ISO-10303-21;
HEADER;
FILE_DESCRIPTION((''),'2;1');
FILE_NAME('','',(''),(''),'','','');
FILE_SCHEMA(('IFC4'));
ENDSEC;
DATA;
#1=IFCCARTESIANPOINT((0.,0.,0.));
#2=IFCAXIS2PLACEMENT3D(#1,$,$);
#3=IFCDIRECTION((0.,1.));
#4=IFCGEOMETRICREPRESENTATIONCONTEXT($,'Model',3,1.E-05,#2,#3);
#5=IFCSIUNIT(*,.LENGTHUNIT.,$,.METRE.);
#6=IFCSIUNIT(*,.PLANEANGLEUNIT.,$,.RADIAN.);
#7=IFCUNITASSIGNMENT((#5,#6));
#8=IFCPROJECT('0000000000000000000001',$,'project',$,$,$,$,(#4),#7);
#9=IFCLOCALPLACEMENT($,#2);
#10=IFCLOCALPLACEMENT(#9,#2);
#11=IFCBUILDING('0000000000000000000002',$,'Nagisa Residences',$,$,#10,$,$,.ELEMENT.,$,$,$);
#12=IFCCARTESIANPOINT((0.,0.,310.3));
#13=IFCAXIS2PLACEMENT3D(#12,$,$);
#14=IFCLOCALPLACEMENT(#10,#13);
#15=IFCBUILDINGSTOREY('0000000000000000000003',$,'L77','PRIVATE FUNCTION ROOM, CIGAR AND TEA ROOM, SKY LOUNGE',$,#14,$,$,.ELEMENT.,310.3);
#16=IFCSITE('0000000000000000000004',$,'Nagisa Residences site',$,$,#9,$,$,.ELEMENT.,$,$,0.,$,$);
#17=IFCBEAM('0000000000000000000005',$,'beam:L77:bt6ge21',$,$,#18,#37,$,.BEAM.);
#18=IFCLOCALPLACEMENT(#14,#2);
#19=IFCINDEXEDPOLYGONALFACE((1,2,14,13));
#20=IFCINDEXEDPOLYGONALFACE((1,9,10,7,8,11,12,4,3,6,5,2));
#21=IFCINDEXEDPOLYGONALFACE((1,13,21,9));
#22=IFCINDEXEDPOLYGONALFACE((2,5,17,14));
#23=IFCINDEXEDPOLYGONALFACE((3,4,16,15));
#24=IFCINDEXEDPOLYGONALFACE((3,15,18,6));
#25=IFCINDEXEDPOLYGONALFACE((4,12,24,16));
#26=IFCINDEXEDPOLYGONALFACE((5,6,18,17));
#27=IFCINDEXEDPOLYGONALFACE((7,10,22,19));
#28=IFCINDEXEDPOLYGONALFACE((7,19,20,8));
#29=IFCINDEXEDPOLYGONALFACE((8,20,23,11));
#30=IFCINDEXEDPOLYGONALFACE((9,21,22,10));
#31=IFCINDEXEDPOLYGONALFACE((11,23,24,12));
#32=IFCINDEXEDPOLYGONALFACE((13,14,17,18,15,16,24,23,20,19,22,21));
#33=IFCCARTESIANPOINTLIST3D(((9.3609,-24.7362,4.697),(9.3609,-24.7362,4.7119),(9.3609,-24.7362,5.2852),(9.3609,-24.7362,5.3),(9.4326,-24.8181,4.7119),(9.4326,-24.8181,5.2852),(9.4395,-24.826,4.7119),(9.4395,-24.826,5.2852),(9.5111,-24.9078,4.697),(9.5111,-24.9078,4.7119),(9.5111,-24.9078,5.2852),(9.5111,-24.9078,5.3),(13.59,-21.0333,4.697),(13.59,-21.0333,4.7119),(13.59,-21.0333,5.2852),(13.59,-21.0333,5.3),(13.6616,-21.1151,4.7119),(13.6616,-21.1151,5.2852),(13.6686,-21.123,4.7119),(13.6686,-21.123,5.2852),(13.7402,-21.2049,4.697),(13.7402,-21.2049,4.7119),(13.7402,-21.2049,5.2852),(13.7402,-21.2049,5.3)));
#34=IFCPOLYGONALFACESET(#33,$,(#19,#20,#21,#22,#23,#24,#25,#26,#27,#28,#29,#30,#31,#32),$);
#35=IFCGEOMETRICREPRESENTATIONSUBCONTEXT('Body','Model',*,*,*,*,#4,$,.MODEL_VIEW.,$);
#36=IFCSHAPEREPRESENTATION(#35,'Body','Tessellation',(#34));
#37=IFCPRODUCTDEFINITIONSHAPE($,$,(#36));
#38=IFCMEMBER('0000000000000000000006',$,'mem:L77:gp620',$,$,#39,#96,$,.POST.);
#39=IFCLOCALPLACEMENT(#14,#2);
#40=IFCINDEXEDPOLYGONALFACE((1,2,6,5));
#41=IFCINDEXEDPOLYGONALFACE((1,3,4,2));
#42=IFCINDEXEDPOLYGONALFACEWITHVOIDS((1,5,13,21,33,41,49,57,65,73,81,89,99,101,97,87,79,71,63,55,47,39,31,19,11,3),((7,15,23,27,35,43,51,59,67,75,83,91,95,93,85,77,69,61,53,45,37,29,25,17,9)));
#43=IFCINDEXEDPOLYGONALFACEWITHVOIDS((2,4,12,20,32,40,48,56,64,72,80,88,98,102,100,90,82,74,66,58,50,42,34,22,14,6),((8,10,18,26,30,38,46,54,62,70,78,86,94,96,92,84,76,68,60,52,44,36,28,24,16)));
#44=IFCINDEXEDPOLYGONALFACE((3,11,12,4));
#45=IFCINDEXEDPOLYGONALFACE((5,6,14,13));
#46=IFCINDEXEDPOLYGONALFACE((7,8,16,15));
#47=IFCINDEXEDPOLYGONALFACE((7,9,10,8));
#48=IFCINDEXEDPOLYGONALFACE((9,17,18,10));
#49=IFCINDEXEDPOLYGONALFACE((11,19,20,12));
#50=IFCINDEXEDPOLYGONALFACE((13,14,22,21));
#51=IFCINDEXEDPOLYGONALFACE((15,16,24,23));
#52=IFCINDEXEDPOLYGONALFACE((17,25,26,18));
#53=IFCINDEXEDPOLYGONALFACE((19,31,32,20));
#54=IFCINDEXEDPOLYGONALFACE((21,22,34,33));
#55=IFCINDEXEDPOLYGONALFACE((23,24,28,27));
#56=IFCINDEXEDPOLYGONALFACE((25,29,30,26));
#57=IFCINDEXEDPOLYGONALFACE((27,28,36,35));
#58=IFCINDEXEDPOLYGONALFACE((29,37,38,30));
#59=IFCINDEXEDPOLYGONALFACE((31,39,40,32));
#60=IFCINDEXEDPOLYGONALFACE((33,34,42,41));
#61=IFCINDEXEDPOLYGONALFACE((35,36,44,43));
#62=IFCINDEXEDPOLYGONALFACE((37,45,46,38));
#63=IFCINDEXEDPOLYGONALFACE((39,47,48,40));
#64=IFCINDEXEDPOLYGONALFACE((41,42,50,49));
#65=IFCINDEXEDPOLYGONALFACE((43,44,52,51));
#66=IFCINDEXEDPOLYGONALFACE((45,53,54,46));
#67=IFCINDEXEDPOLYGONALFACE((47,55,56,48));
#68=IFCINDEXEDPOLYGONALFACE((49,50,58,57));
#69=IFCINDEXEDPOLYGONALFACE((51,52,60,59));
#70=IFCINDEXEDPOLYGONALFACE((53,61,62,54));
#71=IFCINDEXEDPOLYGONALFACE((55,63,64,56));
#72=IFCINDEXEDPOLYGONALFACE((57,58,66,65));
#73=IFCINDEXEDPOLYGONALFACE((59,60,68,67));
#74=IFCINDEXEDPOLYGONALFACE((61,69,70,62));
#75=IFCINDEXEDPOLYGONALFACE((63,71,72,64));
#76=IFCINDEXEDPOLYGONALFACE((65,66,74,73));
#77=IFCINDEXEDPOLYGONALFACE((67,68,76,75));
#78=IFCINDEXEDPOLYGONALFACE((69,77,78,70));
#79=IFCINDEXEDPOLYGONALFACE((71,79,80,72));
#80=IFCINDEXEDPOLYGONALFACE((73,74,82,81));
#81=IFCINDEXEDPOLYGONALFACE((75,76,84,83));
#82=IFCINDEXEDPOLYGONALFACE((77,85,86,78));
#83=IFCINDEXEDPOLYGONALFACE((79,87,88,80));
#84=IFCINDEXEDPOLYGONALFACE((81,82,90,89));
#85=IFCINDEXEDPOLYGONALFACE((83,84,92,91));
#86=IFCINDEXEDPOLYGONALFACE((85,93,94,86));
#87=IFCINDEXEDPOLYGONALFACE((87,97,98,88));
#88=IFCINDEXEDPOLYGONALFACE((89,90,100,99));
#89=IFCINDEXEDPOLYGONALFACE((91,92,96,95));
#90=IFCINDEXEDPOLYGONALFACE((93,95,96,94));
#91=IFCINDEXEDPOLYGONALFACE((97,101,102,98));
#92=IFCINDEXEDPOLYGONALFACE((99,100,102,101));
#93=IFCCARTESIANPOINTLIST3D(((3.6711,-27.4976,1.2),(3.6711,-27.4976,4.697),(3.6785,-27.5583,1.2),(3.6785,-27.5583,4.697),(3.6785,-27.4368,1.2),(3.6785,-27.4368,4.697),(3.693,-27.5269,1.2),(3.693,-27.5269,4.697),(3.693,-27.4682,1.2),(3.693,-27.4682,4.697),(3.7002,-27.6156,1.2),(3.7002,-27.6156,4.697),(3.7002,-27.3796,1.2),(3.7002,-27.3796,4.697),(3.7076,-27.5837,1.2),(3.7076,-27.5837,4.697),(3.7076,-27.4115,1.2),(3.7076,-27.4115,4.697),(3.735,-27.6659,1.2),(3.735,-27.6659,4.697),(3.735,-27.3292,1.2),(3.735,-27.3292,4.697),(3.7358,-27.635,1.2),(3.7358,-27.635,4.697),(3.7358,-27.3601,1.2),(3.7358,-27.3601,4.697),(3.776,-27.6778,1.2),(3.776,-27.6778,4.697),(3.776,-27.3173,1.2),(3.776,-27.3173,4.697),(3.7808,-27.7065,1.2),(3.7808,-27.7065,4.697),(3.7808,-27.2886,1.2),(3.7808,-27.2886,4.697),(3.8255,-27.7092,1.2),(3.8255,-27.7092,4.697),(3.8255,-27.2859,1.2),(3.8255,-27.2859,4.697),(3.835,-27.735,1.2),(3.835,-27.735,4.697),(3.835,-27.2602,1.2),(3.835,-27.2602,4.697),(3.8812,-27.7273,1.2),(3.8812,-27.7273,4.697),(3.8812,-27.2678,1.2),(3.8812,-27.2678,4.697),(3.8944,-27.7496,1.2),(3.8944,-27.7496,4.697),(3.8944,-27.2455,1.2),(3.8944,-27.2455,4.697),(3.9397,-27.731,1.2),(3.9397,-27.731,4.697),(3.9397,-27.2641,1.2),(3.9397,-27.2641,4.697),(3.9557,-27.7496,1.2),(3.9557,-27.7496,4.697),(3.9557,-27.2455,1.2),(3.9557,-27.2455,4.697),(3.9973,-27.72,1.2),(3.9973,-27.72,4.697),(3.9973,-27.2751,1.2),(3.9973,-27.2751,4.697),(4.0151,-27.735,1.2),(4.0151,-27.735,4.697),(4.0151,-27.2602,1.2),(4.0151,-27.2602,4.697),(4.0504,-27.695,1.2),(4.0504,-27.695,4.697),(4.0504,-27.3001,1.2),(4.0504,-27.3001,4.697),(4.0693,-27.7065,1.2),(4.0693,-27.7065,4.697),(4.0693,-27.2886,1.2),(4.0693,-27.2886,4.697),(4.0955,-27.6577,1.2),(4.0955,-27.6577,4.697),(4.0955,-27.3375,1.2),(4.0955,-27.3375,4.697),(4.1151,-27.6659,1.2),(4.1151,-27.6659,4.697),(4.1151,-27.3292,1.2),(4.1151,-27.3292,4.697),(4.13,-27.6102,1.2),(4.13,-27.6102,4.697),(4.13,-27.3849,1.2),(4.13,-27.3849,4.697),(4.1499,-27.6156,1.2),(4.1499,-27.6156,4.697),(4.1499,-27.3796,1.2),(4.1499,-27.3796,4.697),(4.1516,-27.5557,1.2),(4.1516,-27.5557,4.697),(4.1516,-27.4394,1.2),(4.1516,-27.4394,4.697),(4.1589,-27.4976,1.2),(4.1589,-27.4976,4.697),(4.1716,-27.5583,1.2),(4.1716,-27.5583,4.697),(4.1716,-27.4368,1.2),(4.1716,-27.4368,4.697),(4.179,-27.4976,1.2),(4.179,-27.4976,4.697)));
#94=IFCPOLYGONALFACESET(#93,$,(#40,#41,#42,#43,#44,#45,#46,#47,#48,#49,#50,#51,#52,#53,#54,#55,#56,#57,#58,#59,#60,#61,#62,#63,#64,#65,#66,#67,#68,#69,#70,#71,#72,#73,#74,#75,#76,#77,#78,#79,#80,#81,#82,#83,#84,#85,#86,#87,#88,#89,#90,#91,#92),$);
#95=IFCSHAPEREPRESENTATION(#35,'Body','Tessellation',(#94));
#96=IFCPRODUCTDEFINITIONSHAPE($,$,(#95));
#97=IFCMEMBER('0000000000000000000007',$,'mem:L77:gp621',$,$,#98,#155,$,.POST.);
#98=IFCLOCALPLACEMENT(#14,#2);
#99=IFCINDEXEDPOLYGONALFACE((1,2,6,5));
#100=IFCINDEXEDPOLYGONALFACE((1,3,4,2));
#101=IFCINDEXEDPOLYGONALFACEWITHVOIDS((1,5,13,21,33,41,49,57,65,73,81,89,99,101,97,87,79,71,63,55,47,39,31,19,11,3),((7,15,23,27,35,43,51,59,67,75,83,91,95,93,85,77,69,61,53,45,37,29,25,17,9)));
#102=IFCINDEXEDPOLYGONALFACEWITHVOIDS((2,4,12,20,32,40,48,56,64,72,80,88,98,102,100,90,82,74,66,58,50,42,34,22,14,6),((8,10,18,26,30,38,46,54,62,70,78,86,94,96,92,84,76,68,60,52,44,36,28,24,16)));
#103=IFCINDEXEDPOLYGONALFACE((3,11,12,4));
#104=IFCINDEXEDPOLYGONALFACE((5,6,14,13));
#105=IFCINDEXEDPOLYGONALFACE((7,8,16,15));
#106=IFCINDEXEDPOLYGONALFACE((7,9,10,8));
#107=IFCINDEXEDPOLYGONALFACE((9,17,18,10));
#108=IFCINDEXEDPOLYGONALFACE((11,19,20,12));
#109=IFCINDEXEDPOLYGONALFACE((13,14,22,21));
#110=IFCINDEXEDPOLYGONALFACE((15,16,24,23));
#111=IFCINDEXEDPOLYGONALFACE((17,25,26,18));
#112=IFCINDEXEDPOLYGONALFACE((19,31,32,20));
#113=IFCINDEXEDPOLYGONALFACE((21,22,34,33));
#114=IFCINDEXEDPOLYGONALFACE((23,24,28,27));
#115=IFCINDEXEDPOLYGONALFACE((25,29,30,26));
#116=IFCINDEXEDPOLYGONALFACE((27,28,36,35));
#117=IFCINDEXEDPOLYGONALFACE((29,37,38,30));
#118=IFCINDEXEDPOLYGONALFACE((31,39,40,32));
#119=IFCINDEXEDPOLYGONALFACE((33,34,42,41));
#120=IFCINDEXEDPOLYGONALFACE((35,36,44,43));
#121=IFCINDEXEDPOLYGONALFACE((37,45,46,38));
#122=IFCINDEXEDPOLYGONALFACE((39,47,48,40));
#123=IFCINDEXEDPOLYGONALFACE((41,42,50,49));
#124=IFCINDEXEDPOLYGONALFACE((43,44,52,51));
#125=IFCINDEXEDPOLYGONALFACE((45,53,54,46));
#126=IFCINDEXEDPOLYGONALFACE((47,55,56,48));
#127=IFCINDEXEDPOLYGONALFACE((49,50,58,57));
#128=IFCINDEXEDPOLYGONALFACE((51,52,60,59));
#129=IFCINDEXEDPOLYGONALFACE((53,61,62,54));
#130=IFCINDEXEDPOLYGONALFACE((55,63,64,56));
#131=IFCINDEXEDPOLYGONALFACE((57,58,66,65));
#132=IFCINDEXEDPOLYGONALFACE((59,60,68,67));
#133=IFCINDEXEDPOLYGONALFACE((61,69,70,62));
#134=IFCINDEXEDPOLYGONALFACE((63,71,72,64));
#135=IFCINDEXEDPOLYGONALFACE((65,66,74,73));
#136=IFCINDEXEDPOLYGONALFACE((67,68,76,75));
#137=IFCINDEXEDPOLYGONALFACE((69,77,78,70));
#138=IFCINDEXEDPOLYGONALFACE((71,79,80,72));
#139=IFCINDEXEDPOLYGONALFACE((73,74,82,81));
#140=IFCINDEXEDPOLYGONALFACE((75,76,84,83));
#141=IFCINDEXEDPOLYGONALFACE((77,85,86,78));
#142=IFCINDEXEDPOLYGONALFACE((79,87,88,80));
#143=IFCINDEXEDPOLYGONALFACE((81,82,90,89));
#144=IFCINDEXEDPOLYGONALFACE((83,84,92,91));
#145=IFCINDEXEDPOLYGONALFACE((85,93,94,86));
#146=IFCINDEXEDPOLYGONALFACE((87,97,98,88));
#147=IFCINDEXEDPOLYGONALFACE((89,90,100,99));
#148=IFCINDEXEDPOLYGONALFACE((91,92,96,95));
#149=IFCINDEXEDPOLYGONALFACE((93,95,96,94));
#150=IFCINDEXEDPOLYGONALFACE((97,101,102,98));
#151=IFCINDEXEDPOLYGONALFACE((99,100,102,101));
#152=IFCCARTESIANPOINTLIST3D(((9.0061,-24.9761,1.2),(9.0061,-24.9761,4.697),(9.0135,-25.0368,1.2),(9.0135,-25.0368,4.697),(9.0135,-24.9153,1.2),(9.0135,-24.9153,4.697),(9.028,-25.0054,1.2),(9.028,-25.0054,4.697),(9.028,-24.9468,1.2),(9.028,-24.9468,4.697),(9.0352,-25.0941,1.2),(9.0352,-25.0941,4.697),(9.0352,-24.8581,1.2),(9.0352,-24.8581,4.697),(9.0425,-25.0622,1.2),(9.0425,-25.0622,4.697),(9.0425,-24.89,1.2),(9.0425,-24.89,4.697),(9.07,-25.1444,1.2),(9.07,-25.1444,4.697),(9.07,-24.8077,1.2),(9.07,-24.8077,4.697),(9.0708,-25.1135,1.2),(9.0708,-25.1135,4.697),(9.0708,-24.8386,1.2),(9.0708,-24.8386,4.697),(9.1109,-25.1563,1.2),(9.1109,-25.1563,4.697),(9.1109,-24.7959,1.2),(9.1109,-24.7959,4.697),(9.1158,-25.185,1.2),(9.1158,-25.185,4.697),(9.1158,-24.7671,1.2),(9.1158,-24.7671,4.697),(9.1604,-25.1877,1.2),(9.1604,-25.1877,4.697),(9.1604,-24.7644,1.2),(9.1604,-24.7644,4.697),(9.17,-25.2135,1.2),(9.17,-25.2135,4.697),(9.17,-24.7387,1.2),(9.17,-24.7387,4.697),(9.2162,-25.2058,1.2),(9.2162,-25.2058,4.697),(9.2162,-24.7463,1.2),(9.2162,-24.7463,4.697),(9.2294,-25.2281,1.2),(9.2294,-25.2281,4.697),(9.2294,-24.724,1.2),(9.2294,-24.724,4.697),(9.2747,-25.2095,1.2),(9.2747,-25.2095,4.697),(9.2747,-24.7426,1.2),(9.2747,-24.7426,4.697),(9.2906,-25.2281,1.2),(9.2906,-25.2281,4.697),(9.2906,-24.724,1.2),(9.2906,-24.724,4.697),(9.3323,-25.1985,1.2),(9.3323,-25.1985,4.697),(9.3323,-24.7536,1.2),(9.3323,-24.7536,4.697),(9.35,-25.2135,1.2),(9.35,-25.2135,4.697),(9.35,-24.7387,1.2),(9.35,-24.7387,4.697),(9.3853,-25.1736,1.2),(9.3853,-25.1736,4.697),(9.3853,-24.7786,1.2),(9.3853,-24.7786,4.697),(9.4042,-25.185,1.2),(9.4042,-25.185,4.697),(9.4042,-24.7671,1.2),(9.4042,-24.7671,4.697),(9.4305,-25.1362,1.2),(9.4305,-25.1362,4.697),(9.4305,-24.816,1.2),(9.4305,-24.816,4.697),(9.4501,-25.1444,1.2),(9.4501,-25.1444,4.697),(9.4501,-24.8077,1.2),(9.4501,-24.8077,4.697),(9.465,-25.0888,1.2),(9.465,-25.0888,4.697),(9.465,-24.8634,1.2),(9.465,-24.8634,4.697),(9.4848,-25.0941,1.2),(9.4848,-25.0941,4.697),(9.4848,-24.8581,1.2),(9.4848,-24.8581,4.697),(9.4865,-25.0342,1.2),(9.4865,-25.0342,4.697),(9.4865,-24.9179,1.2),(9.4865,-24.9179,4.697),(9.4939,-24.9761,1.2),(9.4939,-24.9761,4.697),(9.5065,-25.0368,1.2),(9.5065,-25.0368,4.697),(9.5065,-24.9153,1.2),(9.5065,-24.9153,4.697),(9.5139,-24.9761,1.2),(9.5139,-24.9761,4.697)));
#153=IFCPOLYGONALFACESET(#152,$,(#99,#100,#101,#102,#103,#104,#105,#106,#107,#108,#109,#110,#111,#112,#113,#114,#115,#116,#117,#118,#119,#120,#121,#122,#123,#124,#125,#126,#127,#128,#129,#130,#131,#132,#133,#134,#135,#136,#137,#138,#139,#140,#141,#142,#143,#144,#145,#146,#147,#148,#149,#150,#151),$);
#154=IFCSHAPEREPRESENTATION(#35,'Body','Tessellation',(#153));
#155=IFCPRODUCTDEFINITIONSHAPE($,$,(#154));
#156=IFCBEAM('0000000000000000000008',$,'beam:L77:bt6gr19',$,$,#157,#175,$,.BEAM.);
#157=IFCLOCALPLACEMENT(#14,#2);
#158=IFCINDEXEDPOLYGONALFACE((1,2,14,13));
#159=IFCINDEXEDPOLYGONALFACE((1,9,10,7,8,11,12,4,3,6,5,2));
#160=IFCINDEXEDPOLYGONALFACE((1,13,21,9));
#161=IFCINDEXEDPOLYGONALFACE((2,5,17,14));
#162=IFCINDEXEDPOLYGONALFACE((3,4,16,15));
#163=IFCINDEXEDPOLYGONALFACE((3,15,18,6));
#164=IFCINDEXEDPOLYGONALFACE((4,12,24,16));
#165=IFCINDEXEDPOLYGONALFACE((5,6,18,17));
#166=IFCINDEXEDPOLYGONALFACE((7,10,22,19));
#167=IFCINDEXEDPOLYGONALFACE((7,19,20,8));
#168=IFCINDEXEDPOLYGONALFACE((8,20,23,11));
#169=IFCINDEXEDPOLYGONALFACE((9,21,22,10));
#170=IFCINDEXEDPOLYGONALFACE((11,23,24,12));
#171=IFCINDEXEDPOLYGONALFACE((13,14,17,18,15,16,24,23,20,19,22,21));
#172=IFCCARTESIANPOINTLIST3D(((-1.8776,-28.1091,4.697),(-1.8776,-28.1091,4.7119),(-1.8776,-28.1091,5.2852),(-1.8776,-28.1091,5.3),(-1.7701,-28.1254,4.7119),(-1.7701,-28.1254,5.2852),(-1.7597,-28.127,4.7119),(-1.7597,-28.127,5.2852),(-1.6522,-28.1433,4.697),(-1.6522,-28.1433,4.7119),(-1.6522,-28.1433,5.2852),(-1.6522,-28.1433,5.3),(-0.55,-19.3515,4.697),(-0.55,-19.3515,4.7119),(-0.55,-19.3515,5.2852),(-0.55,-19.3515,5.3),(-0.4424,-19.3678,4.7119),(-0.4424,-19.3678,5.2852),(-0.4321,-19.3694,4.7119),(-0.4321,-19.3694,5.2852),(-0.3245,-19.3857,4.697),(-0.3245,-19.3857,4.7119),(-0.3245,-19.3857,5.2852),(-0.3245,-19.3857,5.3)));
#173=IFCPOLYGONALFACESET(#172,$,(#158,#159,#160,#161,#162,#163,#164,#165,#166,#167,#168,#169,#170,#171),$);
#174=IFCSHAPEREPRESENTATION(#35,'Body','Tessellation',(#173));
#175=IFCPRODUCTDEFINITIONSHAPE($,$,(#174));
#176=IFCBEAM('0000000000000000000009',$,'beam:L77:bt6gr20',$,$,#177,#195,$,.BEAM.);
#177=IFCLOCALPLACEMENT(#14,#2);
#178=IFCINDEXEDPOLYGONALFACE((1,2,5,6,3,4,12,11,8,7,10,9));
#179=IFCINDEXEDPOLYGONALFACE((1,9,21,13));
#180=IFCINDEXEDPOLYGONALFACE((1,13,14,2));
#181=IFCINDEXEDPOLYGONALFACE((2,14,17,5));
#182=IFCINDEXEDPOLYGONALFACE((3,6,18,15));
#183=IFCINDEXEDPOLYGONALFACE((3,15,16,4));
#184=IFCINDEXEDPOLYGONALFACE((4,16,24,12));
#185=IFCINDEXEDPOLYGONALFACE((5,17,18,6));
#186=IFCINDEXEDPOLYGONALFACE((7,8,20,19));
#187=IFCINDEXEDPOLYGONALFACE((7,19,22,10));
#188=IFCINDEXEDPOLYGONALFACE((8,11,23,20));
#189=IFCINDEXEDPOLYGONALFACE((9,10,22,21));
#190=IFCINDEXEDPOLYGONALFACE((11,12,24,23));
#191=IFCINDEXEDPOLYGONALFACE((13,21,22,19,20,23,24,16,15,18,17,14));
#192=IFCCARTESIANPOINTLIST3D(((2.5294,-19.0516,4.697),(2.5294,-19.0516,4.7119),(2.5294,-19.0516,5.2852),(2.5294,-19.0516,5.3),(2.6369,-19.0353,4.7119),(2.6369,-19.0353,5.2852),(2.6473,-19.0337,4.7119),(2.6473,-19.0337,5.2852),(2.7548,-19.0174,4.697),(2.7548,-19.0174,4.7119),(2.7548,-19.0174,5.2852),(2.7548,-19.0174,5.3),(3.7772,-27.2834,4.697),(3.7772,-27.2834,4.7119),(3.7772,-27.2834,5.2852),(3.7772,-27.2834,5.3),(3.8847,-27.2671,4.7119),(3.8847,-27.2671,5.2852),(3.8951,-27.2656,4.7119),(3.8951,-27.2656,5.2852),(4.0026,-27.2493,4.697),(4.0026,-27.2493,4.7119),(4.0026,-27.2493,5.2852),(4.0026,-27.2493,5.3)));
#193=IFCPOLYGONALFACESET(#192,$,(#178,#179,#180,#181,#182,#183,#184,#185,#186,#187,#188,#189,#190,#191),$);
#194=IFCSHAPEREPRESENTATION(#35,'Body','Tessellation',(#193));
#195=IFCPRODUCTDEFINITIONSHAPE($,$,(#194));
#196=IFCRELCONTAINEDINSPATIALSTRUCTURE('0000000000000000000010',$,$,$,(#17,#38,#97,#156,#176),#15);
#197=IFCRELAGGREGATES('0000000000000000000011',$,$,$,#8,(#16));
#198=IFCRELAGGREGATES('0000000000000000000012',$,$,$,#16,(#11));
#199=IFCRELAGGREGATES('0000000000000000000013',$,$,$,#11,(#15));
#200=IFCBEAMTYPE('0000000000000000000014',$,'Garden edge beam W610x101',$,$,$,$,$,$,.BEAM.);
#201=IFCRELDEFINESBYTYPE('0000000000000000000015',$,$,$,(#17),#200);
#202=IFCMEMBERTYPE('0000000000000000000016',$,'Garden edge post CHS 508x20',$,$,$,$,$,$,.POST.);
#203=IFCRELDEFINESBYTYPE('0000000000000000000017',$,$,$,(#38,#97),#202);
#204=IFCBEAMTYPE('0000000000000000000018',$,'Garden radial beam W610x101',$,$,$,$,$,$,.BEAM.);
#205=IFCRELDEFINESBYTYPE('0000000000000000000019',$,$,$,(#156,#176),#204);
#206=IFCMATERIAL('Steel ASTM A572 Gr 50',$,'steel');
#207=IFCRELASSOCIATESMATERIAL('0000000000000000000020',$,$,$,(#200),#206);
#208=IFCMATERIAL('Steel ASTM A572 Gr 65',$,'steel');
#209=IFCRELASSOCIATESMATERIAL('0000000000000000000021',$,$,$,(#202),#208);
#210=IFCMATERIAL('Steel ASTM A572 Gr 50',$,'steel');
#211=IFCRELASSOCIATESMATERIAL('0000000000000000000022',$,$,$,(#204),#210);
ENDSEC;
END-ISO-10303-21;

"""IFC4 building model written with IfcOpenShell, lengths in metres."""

from ifc_helpers import new_model, si_unit, direction, frame, origin, origin_2d, place, context, subcontext, project, spatial, hollow_circle, i_section, extrude, material, material_profile, profile_set, type_object, element, save


model = new_model("IFC4")

# Units and contexts
model_context = context("Model", 3, precision=1e-05, world=origin(), true_north=direction((0.0, 1.0)))
body_context = subcontext(model_context, "Body", "Model", "MODEL_VIEW")
ifc_project = project(units=[si_unit("LENGTHUNIT", "METRE"), si_unit("PLANEANGLEUNIT", "RADIAN")], contexts=[model_context])

# Site, building, storey
site_placement = place(None, origin())
site = spatial("IfcSite", under=ifc_project, at=site_placement, Name="Nagisa Residences site", CompositionType="ELEMENT", RefElevation=0.0)
building_placement = place(site_placement, origin())
building = spatial("IfcBuilding", under=site, at=building_placement, Name="Nagisa Residences", CompositionType="ELEMENT")
storey_placement = place(building_placement, frame((0.0, 0.0, 310.3)))
storey = spatial("IfcBuildingStorey", under=building, at=storey_placement, Name="L77", Description="PRIVATE FUNCTION ROOM, CIGAR AND TEA ROOM, SKY LOUNGE", CompositionType="ELEMENT", Elevation=310.3)

# Beam
ifc_material_1 = material(Name="Steel ASTM A572 Gr 50", Category="steel")
ifc_material_profile_1 = material_profile(ifc_material_1, i_section(OverallWidth=0.228, OverallDepth=0.603, WebThickness=0.0105, FlangeThickness=0.0149, at=origin_2d()), Name="W610x101")
ifc_profile_set_1 = profile_set([ifc_material_profile_1], Name="Steel ASTM A572 Gr 50")
beam_type_1 = type_object("IfcBeamType", Name="Garden edge beam W610x101", PredefinedType="BEAM", material=ifc_profile_set_1)
beam_1_placement = place(storey_placement, frame((9.436, -24.822, 4.9985), z_axis=(0.752356, 0.658757, 0.0), x_axis=(-0.658757, 0.752356, 0.0)))
element("IfcBeam", 1, at=beam_1_placement, inside=storey, type_object=beam_type_1, Name="beam:L77:bt6ge21", PredefinedType="BEAM", context=body_context, shape_type="SweptSolid", body=[
    extrude(i_section(OverallWidth=0.228, OverallDepth=0.603, WebThickness=0.0105, FlangeThickness=0.0149, at=origin_2d()), origin(), (0.0, 0.0, 1.0), 5.6211),
])

# Members
ifc_material_2 = material(Name="Steel ASTM A572 Gr 65", Category="steel")
ifc_material_profile_2 = material_profile(ifc_material_2, hollow_circle(Radius=0.2539, WallThickness=0.02, at=origin_2d()), Name="CHS 508x20")
ifc_profile_set_2 = profile_set([ifc_material_profile_2], Name="Steel ASTM A572 Gr 65")
member_type_1 = type_object("IfcMemberType", Name="Garden edge post CHS 508x20", PredefinedType="POST", material=ifc_profile_set_2)
for number, where, z_axis, x_axis, name in (
    (2, (3.925, -27.4976, 1.2), (0.0, 0.0, 1.0), (1.0, 0.0, 0.0), "mem:L77:gp620"),
    (3, (9.26, -24.9761, 1.2), (0.0, 0.0, 1.0), (1.0, 0.0, 0.0), "mem:L77:gp621"),
):
    element("IfcMember", number, at=place(storey_placement, frame(where, z_axis=z_axis, x_axis=x_axis)), inside=storey, type_object=member_type_1, Name=name, PredefinedType="POST", context=body_context, shape_type="SweptSolid", body=[
        extrude(hollow_circle(Radius=0.2539, WallThickness=0.02, at=origin_2d()), origin(), (0.0, 0.0, 1.0), 3.4971),
    ])

# Beams
ifc_material_3 = material(Name="Steel ASTM A572 Gr 50", Category="steel")
ifc_material_profile_3 = material_profile(ifc_material_3, i_section(OverallWidth=0.228, OverallDepth=0.603, WebThickness=0.0105, FlangeThickness=0.0149, at=origin_2d()), Name="W610x101")
ifc_profile_set_3 = profile_set([ifc_material_profile_3], Name="Steel ASTM A572 Gr 50")
beam_type_2 = type_object("IfcBeamType", Name="Garden radial beam W610x101", PredefinedType="BEAM", material=ifc_profile_set_3)
beam_2_placement = place(storey_placement, frame((-1.7649, -28.1262, 4.9985), z_axis=(0.149886, 0.988703, 0.0), x_axis=(-0.988703, 0.149886, 0.0)))
element("IfcBeam", 4, at=beam_2_placement, inside=storey, type_object=beam_type_2, Name="beam:L77:bt6gr19", PredefinedType="BEAM", context=body_context, shape_type="SweptSolid", body=[
    extrude(i_section(OverallWidth=0.228, OverallDepth=0.603, WebThickness=0.0105, FlangeThickness=0.0149, at=origin_2d()), origin(), (0.0, 0.0, 1.0), 8.8577),
])
beam_3_placement = place(storey_placement, frame((3.8899, -27.2664, 4.9985), z_axis=(-0.149869, 0.988706, 0.0), x_axis=(-0.988706, -0.149869, 0.0)))
element("IfcBeam", 5, at=beam_3_placement, inside=storey, type_object=beam_type_2, Name="beam:L77:bt6gr20", PredefinedType="BEAM", context=body_context, shape_type="SweptSolid", body=[
    extrude(i_section(OverallWidth=0.228, OverallDepth=0.603, WebThickness=0.0105, FlangeThickness=0.0149, at=origin_2d()), origin(), (0.0, 0.0, 1.0), 8.3259),
])

save(model, "model.ifc")
